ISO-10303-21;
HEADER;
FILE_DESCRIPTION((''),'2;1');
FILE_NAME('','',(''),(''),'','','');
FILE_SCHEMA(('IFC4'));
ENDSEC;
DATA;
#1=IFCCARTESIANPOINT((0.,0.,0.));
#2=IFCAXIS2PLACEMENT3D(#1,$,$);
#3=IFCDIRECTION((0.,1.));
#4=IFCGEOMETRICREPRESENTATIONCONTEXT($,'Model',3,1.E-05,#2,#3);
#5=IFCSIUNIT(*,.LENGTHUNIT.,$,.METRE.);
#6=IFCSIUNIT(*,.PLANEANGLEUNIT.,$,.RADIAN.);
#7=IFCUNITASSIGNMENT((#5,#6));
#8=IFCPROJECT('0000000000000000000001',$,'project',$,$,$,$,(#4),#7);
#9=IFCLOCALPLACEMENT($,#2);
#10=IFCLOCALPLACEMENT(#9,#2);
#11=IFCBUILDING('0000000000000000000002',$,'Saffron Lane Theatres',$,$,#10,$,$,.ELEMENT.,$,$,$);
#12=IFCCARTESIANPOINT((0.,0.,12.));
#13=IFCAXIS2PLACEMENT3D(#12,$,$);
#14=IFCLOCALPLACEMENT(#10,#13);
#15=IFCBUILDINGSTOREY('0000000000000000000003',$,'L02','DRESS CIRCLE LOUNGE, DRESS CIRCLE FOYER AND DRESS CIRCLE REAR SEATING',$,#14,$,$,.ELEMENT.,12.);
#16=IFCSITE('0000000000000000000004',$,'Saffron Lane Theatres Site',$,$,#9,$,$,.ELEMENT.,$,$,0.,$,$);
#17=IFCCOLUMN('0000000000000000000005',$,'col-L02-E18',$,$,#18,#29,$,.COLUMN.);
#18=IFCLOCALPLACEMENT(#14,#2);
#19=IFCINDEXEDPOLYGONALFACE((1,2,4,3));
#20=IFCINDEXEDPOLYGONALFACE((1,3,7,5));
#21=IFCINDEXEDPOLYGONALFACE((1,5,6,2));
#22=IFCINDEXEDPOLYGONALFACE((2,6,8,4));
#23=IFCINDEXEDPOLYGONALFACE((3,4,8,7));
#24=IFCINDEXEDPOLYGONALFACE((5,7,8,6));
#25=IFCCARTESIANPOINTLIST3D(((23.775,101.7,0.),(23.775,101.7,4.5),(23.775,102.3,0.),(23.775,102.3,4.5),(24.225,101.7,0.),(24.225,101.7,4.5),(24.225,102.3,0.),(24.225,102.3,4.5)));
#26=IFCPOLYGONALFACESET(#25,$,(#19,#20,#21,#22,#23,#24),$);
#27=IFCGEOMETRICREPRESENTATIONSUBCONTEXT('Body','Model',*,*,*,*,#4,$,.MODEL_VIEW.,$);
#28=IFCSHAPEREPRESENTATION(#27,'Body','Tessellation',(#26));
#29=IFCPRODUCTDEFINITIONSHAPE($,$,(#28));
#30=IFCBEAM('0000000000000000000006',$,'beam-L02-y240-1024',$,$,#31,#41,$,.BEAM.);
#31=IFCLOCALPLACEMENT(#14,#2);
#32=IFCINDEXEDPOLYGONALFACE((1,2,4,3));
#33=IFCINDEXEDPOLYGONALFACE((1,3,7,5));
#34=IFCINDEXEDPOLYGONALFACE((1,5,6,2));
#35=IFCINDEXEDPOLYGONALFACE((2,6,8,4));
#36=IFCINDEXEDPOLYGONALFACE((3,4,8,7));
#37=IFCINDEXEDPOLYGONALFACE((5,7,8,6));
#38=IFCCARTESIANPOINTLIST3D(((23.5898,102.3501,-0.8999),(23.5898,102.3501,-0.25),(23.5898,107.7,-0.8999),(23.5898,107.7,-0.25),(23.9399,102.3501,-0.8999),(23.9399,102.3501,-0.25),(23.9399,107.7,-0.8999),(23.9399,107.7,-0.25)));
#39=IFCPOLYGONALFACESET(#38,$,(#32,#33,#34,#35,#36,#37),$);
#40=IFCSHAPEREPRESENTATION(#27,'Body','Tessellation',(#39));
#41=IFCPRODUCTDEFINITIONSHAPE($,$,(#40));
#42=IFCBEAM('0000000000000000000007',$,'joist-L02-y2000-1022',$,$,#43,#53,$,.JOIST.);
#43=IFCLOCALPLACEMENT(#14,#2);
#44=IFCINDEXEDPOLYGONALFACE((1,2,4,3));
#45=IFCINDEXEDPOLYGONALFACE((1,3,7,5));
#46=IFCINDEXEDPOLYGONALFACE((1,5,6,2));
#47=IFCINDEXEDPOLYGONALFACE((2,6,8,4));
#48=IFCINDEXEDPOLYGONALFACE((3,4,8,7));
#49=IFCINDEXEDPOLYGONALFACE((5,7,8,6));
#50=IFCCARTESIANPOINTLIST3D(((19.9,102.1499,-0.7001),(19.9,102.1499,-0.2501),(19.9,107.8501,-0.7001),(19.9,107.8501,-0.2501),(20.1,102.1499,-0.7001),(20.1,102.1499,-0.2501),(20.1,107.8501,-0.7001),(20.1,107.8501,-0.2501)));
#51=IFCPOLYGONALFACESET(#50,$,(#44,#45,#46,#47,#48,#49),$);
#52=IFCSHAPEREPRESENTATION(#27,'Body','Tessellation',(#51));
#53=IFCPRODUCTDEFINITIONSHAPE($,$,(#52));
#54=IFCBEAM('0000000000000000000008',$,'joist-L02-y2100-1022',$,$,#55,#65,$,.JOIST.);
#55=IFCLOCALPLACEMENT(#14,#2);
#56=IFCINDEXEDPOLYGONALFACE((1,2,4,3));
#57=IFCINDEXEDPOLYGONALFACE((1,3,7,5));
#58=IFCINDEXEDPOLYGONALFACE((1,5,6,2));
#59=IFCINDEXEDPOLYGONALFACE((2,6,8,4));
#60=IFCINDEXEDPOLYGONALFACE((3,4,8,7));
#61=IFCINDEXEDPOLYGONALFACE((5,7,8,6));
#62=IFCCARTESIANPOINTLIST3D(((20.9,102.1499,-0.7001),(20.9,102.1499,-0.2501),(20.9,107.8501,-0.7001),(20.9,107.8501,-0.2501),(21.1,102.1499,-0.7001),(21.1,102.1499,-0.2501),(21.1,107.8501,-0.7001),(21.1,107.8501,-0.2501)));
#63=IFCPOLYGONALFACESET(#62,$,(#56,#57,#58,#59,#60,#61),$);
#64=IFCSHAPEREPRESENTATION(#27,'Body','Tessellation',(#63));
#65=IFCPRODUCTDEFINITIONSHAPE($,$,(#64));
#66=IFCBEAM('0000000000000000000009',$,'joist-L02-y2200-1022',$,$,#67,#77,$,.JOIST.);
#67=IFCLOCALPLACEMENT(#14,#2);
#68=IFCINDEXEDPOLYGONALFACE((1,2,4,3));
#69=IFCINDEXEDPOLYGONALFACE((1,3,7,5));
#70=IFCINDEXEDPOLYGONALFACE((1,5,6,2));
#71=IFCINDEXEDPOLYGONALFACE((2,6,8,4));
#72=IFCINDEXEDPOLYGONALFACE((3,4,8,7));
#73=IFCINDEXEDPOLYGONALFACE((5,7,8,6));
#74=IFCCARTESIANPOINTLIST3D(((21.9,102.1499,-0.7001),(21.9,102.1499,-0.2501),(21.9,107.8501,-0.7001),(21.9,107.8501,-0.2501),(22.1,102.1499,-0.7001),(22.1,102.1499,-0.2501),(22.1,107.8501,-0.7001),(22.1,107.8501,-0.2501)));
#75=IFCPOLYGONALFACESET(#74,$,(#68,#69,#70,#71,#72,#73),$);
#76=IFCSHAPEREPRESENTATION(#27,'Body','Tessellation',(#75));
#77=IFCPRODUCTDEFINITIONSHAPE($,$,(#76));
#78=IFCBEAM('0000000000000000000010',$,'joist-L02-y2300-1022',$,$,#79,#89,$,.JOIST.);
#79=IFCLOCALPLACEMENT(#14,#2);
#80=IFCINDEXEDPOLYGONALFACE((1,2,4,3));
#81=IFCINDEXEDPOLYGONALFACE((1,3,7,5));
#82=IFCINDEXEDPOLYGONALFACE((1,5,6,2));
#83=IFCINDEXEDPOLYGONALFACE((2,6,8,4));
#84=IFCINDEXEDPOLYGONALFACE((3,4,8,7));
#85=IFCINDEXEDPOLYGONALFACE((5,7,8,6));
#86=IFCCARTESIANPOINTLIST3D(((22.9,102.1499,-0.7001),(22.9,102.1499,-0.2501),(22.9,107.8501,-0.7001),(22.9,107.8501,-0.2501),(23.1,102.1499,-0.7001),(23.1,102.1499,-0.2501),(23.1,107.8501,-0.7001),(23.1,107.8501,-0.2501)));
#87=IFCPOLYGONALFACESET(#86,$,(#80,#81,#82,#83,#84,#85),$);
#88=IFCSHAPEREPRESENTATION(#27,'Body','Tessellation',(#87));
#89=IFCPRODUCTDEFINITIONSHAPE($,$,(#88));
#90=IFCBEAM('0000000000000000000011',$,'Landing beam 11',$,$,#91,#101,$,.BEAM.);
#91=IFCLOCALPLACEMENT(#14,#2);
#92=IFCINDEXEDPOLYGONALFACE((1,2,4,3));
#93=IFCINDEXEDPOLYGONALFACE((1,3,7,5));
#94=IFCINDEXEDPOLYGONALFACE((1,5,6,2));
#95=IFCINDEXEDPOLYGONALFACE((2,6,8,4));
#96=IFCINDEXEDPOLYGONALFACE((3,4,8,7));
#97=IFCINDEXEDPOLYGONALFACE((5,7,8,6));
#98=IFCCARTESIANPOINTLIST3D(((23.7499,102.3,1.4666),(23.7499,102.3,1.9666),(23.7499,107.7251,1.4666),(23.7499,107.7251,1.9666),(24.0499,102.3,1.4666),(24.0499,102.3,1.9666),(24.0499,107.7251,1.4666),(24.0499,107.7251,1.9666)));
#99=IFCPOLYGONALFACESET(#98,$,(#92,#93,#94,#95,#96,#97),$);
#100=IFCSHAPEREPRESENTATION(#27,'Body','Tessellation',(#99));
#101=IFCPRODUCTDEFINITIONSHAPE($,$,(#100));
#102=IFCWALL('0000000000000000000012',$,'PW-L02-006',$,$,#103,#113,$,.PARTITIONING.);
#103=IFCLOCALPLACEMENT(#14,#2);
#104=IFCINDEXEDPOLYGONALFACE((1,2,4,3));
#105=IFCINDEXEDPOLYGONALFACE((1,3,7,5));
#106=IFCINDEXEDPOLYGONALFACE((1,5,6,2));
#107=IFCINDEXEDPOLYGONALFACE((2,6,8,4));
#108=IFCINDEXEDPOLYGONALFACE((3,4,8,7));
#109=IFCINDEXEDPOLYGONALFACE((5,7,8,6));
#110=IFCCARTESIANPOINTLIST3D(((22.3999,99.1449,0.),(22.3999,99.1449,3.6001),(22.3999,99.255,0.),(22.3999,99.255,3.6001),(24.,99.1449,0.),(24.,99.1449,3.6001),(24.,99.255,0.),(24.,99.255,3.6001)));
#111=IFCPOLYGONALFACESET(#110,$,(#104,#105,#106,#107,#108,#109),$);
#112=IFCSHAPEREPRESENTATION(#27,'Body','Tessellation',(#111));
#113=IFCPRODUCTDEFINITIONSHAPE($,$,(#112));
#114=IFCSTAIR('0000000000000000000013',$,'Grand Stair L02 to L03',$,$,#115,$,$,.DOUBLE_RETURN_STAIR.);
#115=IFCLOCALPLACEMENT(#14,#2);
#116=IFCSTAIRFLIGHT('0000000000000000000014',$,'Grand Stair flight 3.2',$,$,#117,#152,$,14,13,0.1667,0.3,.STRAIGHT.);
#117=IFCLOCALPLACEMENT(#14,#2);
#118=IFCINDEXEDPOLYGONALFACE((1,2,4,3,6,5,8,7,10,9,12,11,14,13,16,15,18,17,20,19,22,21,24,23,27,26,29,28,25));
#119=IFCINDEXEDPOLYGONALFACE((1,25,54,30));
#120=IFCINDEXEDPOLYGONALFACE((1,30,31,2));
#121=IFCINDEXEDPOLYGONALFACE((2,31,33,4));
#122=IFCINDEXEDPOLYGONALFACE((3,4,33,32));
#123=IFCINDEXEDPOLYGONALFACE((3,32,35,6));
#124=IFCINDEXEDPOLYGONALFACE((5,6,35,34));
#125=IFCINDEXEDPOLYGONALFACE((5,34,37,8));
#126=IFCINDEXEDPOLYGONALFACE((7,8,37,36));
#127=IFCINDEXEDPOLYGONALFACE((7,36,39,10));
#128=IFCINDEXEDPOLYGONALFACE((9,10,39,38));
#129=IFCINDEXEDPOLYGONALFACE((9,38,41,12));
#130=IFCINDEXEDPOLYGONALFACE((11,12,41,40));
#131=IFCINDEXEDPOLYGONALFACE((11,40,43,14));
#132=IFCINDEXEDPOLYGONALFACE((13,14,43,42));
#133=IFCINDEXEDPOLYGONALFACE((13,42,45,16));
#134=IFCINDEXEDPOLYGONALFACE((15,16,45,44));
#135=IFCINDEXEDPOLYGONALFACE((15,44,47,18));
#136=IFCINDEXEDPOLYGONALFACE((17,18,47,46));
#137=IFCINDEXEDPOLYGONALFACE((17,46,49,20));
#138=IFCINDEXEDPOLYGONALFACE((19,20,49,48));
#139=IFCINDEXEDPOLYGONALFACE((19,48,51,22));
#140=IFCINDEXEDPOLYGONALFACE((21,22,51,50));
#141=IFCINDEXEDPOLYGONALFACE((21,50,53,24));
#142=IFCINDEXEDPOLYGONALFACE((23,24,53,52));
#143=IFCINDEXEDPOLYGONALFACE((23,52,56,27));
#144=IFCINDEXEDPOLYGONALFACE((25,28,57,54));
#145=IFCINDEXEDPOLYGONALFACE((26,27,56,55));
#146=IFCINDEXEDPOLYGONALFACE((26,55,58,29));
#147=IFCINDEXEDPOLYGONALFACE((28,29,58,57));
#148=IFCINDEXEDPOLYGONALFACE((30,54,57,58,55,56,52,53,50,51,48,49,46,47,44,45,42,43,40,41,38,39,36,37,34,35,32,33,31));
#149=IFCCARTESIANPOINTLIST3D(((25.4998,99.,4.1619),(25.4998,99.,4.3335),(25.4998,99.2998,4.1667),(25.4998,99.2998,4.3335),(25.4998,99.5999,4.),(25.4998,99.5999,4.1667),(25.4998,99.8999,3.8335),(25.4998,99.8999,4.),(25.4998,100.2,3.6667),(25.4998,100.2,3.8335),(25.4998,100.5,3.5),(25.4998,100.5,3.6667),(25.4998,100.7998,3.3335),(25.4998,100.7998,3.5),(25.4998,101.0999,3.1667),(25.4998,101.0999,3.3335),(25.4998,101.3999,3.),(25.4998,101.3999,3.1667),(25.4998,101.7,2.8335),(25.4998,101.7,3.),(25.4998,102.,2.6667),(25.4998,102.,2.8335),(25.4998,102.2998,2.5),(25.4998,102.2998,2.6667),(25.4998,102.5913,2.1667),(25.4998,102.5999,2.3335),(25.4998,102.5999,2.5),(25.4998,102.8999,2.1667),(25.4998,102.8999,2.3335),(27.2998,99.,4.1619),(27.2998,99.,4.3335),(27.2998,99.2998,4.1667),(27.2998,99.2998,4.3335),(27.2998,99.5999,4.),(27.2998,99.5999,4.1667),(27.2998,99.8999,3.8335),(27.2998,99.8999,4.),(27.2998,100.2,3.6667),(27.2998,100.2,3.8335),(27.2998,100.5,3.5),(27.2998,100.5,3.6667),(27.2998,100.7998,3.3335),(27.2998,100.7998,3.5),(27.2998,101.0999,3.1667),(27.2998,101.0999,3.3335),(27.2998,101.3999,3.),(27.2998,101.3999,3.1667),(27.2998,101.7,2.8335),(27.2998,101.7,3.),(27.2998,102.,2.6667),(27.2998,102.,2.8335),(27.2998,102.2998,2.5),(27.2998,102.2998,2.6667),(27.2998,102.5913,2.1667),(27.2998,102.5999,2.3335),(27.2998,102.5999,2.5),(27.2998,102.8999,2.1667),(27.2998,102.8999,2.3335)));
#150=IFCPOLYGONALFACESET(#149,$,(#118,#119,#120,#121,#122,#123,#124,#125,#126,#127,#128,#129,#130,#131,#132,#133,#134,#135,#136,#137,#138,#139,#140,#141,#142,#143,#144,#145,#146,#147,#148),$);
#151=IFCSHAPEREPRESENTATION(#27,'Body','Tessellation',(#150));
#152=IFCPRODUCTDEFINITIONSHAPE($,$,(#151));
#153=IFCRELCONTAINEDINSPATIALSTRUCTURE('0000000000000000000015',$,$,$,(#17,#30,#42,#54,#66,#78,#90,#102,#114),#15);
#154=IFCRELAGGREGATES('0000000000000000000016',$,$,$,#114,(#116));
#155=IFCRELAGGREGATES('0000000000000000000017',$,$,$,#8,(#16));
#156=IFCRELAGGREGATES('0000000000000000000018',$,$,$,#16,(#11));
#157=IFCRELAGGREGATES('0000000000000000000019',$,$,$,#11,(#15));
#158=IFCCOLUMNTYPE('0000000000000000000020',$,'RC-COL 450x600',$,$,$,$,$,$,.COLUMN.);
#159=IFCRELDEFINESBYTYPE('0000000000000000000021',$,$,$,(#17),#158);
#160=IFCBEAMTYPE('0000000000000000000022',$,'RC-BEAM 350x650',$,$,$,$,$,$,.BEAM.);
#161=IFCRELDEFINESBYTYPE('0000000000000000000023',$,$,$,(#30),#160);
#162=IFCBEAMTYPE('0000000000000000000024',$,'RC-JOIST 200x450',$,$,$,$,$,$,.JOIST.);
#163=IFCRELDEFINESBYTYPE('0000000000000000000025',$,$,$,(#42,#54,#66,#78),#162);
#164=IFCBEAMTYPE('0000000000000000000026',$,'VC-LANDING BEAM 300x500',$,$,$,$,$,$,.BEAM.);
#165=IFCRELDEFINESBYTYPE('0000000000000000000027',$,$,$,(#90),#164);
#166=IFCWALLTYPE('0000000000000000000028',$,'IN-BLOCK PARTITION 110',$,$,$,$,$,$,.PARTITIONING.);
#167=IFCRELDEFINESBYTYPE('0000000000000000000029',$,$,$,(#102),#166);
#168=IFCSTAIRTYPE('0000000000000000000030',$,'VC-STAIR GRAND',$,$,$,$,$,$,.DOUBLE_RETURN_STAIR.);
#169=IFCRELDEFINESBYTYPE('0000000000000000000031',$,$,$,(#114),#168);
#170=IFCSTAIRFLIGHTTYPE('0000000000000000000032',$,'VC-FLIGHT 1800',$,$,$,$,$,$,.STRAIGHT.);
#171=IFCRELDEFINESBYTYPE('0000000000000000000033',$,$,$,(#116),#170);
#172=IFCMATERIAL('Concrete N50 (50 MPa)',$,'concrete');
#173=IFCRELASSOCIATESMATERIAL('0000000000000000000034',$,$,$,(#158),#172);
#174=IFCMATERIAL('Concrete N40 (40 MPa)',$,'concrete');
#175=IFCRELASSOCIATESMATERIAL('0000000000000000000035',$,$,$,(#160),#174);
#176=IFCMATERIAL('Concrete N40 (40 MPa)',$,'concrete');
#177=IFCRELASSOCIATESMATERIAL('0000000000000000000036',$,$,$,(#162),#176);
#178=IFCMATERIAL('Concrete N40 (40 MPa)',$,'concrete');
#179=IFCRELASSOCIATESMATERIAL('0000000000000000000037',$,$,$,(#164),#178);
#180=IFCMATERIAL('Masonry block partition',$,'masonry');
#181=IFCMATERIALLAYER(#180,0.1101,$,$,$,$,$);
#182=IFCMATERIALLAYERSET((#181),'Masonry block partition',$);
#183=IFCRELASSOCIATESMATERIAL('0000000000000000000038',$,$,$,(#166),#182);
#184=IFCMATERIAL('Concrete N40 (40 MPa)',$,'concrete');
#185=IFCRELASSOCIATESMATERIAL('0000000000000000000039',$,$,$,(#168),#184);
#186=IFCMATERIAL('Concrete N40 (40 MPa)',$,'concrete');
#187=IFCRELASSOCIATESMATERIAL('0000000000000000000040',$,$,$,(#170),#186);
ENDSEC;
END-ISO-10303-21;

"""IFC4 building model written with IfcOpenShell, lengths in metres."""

from ifc_helpers import new_model, si_unit, direction, frame, frame_2d, origin, origin_2d, place, context, subcontext, project, spatial, polyline, rectangle, outline, extrude, material, layer, layer_set, material_profile, profile_set, type_object, element, aggregate, save


model = new_model("IFC4")

# Units and contexts
model_context = context("Model", 3, precision=1e-05, world=origin(), true_north=direction((0.0, 1.0)))
body_context = subcontext(model_context, "Body", "Model", "MODEL_VIEW")
ifc_project = project(units=[si_unit("LENGTHUNIT", "METRE"), si_unit("PLANEANGLEUNIT", "RADIAN")], contexts=[model_context])

# Site, building, storey
site_placement = place(None, origin())
site = spatial("IfcSite", under=ifc_project, at=site_placement, Name="Saffron Lane Theatres Site", CompositionType="ELEMENT", RefElevation=0.0)
building_placement = place(site_placement, origin())
building = spatial("IfcBuilding", under=site, at=building_placement, Name="Saffron Lane Theatres", CompositionType="ELEMENT")
storey_placement = place(building_placement, frame((0.0, 0.0, 12.0)))
storey = spatial("IfcBuildingStorey", under=building, at=storey_placement, Name="L02", Description="DRESS CIRCLE LOUNGE, DRESS CIRCLE FOYER AND DRESS CIRCLE REAR SEATING", CompositionType="ELEMENT", Elevation=12.0)

# Column
ifc_material_1 = material(Name="Concrete N50 (50 MPa)", Category="concrete")
ifc_material_profile_1 = material_profile(ifc_material_1, rectangle(XDim=0.45, YDim=0.6001, at=origin_2d()))
ifc_profile_set_1 = profile_set([ifc_material_profile_1], Name="Concrete N50 (50 MPa)")
column_type = type_object("IfcColumnType", Name="RC-COL 450x600", PredefinedType="COLUMN", material=ifc_profile_set_1)
column_placement = place(storey_placement, frame((24.0, 102.0, 0.0), z_axis=(0.0, 0.0, 1.0), x_axis=(1.0, 0.0, 0.0)))
element("IfcColumn", 1, at=column_placement, inside=storey, type_object=column_type, Name="col-L02-E18", PredefinedType="COLUMN", context=body_context, shape_type="SweptSolid", body=[
    extrude(rectangle(XDim=0.45, YDim=0.6001, at=origin_2d()), origin(), (0.0, 0.0, 1.0), 4.5),
])

# Beams
ifc_material_2 = material(Name="Concrete N40 (40 MPa)", Category="concrete")
ifc_material_profile_2 = material_profile(ifc_material_2, rectangle(XDim=0.3501, YDim=0.6499, at=origin_2d()))
ifc_profile_set_2 = profile_set([ifc_material_profile_2], Name="Concrete N40 (40 MPa)")
beam_type_1 = type_object("IfcBeamType", Name="RC-BEAM 350x650", PredefinedType="BEAM", material=ifc_profile_set_2)
beam_1_placement = place(storey_placement, frame((23.7649, 102.3501, -0.575), z_axis=(0.0, 1.0, 0.0), x_axis=(-1.0, 0.0, 0.0)))
element("IfcBeam", 2, at=beam_1_placement, inside=storey, type_object=beam_type_1, Name="beam-L02-y240-1024", PredefinedType="BEAM", context=body_context, shape_type="SweptSolid", body=[
    extrude(rectangle(XDim=0.3501, YDim=0.6499, at=origin_2d()), origin(), (0.0, 0.0, 1.0), 5.3499),
])
ifc_material_3 = material(Name="Concrete N40 (40 MPa)", Category="concrete")
ifc_material_profile_3 = material_profile(ifc_material_3, rectangle(XDim=0.2, YDim=0.45, at=origin_2d()))
ifc_profile_set_3 = profile_set([ifc_material_profile_3], Name="Concrete N40 (40 MPa)")
beam_type_2 = type_object("IfcBeamType", Name="RC-JOIST 200x450", PredefinedType="JOIST", material=ifc_profile_set_3)
for number, where, z_axis, x_axis, name in (
    (3, (20.0, 102.1499, -0.4751), (0.0, 1.0, 0.0), (-1.0, 0.0, 0.0), "joist-L02-y2000-1022"),
    (4, (21.0, 102.1499, -0.4751), (0.0, 1.0, 0.0), (-1.0, 0.0, 0.0), "joist-L02-y2100-1022"),
    (5, (22.0, 102.1499, -0.4751), (0.0, 1.0, 0.0), (-1.0, 0.0, 0.0), "joist-L02-y2200-1022"),
    (6, (23.0, 102.1499, -0.4751), (0.0, 1.0, 0.0), (-1.0, 0.0, 0.0), "joist-L02-y2300-1022"),
):
    element("IfcBeam", number, at=place(storey_placement, frame(where, z_axis=z_axis, x_axis=x_axis)), inside=storey, type_object=beam_type_2, Name=name, PredefinedType="JOIST", context=body_context, shape_type="SweptSolid", body=[
        extrude(rectangle(XDim=0.2, YDim=0.45, at=origin_2d()), origin(), (0.0, 0.0, 1.0), 5.7002),
    ])
ifc_material_4 = material(Name="Concrete N40 (40 MPa)", Category="concrete")
ifc_material_profile_4 = material_profile(ifc_material_4, rectangle(XDim=0.3, YDim=0.5, at=origin_2d()))
ifc_profile_set_4 = profile_set([ifc_material_profile_4], Name="Concrete N40 (40 MPa)")
beam_type_3 = type_object("IfcBeamType", Name="VC-LANDING BEAM 300x500", PredefinedType="BEAM", material=ifc_profile_set_4)
beam_2_placement = place(storey_placement, frame((23.8999, 102.3, 1.7166), z_axis=(0.0, 1.0, 0.0), x_axis=(-1.0, 0.0, 0.0)))
element("IfcBeam", 7, at=beam_2_placement, inside=storey, type_object=beam_type_3, Name="Landing beam 11", PredefinedType="BEAM", context=body_context, shape_type="SweptSolid", body=[
    extrude(rectangle(XDim=0.3, YDim=0.5, at=origin_2d()), origin(), (0.0, 0.0, 1.0), 5.425),
])

# Wall
ifc_material_5 = material(Name="Masonry block partition", Category="masonry")
ifc_layer = layer(ifc_material_5, 0.1101)
ifc_layer_set = layer_set([ifc_layer], Name="Masonry block partition")
wall_type = type_object("IfcWallType", Name="IN-BLOCK PARTITION 110", PredefinedType="PARTITIONING", material=ifc_layer_set)
wall_placement = place(storey_placement, frame((22.3999, 99.2, 0.0), z_axis=(0.0, 0.0, 1.0), x_axis=(1.0, 0.0, 0.0)))
element("IfcWall", 8, at=wall_placement, inside=storey, type_object=wall_type, Name="PW-L02-006", PredefinedType="PARTITIONING", context=body_context, shape_type="SweptSolid", body=[
    extrude(rectangle(XDim=1.6001, YDim=0.1101, at=frame_2d((0.8, 0.0))), origin(), (0.0, 0.0, 1.0), 3.6001),
])

# Stair, stair flight
ifc_material_6 = material(Name="Concrete N40 (40 MPa)", Category="concrete")
stair_type = type_object("IfcStairType", Name="VC-STAIR GRAND", PredefinedType="DOUBLE_RETURN_STAIR", material=ifc_material_6)
stair_placement = place(storey_placement, origin())
stair = element("IfcStair", 9, at=stair_placement, inside=storey, type_object=stair_type, Name="Grand Stair L02 to L03", PredefinedType="DOUBLE_RETURN_STAIR")
ifc_material_7 = material(Name="Concrete N40 (40 MPa)", Category="concrete")
stair_flight_type = type_object("IfcStairFlightType", Name="VC-FLIGHT 1800", PredefinedType="STRAIGHT", material=ifc_material_7)
stair_flight_placement = place(storey_placement, frame((26.3999, 102.8999, 2.1667), z_axis=(0.0, 0.0, 1.0), x_axis=(0.0, -1.0, 0.0)))
stair_flight = element("IfcStairFlight", 10, at=stair_flight_placement, type_object=stair_flight_type, Name="Grand Stair flight 3.2", NumberOfRisers=14, NumberOfTreads=13, PredefinedType="STRAIGHT", RiserHeight=0.1667, TreadLength=0.3, context=body_context, shape_type="SweptSolid", body=[
    extrude(outline(polyline([(0.0, 0.0), (0.0, 0.1667), (0.3, 0.1667), (0.3, 0.3333), (0.6001, 0.3333), (0.6001, 0.5), (0.8999, 0.5), (0.8999, 0.6667), (1.2, 0.6667), (1.2, 0.8333), (1.5, 0.8333), (1.5, 1.0), (1.8, 1.0), (1.8, 1.1667), (2.1001, 1.1667), (2.1001, 1.3333), (2.3999, 1.3333), (2.3999, 1.5), (2.7, 1.5), (2.7, 1.6667), (3.0, 1.6667), (3.0, 1.8333), (3.3, 1.8333), (3.3, 2.0), (3.6001, 2.0), (3.6001, 2.1667), (3.8999, 2.1667), (3.8999, 2.3333), (3.8999, 1.9951), (0.3086, 0.0), (0.0, 0.0)])), frame((0.0, 0.8999, 0.0), z_axis=(0.0, -1.0, 0.0), x_axis=(1.0, 0.0, 0.0)), (0.0, 0.0, 1.0), 1.8),
])
aggregate(stair, [stair_flight])

save(model, "model.ifc")
